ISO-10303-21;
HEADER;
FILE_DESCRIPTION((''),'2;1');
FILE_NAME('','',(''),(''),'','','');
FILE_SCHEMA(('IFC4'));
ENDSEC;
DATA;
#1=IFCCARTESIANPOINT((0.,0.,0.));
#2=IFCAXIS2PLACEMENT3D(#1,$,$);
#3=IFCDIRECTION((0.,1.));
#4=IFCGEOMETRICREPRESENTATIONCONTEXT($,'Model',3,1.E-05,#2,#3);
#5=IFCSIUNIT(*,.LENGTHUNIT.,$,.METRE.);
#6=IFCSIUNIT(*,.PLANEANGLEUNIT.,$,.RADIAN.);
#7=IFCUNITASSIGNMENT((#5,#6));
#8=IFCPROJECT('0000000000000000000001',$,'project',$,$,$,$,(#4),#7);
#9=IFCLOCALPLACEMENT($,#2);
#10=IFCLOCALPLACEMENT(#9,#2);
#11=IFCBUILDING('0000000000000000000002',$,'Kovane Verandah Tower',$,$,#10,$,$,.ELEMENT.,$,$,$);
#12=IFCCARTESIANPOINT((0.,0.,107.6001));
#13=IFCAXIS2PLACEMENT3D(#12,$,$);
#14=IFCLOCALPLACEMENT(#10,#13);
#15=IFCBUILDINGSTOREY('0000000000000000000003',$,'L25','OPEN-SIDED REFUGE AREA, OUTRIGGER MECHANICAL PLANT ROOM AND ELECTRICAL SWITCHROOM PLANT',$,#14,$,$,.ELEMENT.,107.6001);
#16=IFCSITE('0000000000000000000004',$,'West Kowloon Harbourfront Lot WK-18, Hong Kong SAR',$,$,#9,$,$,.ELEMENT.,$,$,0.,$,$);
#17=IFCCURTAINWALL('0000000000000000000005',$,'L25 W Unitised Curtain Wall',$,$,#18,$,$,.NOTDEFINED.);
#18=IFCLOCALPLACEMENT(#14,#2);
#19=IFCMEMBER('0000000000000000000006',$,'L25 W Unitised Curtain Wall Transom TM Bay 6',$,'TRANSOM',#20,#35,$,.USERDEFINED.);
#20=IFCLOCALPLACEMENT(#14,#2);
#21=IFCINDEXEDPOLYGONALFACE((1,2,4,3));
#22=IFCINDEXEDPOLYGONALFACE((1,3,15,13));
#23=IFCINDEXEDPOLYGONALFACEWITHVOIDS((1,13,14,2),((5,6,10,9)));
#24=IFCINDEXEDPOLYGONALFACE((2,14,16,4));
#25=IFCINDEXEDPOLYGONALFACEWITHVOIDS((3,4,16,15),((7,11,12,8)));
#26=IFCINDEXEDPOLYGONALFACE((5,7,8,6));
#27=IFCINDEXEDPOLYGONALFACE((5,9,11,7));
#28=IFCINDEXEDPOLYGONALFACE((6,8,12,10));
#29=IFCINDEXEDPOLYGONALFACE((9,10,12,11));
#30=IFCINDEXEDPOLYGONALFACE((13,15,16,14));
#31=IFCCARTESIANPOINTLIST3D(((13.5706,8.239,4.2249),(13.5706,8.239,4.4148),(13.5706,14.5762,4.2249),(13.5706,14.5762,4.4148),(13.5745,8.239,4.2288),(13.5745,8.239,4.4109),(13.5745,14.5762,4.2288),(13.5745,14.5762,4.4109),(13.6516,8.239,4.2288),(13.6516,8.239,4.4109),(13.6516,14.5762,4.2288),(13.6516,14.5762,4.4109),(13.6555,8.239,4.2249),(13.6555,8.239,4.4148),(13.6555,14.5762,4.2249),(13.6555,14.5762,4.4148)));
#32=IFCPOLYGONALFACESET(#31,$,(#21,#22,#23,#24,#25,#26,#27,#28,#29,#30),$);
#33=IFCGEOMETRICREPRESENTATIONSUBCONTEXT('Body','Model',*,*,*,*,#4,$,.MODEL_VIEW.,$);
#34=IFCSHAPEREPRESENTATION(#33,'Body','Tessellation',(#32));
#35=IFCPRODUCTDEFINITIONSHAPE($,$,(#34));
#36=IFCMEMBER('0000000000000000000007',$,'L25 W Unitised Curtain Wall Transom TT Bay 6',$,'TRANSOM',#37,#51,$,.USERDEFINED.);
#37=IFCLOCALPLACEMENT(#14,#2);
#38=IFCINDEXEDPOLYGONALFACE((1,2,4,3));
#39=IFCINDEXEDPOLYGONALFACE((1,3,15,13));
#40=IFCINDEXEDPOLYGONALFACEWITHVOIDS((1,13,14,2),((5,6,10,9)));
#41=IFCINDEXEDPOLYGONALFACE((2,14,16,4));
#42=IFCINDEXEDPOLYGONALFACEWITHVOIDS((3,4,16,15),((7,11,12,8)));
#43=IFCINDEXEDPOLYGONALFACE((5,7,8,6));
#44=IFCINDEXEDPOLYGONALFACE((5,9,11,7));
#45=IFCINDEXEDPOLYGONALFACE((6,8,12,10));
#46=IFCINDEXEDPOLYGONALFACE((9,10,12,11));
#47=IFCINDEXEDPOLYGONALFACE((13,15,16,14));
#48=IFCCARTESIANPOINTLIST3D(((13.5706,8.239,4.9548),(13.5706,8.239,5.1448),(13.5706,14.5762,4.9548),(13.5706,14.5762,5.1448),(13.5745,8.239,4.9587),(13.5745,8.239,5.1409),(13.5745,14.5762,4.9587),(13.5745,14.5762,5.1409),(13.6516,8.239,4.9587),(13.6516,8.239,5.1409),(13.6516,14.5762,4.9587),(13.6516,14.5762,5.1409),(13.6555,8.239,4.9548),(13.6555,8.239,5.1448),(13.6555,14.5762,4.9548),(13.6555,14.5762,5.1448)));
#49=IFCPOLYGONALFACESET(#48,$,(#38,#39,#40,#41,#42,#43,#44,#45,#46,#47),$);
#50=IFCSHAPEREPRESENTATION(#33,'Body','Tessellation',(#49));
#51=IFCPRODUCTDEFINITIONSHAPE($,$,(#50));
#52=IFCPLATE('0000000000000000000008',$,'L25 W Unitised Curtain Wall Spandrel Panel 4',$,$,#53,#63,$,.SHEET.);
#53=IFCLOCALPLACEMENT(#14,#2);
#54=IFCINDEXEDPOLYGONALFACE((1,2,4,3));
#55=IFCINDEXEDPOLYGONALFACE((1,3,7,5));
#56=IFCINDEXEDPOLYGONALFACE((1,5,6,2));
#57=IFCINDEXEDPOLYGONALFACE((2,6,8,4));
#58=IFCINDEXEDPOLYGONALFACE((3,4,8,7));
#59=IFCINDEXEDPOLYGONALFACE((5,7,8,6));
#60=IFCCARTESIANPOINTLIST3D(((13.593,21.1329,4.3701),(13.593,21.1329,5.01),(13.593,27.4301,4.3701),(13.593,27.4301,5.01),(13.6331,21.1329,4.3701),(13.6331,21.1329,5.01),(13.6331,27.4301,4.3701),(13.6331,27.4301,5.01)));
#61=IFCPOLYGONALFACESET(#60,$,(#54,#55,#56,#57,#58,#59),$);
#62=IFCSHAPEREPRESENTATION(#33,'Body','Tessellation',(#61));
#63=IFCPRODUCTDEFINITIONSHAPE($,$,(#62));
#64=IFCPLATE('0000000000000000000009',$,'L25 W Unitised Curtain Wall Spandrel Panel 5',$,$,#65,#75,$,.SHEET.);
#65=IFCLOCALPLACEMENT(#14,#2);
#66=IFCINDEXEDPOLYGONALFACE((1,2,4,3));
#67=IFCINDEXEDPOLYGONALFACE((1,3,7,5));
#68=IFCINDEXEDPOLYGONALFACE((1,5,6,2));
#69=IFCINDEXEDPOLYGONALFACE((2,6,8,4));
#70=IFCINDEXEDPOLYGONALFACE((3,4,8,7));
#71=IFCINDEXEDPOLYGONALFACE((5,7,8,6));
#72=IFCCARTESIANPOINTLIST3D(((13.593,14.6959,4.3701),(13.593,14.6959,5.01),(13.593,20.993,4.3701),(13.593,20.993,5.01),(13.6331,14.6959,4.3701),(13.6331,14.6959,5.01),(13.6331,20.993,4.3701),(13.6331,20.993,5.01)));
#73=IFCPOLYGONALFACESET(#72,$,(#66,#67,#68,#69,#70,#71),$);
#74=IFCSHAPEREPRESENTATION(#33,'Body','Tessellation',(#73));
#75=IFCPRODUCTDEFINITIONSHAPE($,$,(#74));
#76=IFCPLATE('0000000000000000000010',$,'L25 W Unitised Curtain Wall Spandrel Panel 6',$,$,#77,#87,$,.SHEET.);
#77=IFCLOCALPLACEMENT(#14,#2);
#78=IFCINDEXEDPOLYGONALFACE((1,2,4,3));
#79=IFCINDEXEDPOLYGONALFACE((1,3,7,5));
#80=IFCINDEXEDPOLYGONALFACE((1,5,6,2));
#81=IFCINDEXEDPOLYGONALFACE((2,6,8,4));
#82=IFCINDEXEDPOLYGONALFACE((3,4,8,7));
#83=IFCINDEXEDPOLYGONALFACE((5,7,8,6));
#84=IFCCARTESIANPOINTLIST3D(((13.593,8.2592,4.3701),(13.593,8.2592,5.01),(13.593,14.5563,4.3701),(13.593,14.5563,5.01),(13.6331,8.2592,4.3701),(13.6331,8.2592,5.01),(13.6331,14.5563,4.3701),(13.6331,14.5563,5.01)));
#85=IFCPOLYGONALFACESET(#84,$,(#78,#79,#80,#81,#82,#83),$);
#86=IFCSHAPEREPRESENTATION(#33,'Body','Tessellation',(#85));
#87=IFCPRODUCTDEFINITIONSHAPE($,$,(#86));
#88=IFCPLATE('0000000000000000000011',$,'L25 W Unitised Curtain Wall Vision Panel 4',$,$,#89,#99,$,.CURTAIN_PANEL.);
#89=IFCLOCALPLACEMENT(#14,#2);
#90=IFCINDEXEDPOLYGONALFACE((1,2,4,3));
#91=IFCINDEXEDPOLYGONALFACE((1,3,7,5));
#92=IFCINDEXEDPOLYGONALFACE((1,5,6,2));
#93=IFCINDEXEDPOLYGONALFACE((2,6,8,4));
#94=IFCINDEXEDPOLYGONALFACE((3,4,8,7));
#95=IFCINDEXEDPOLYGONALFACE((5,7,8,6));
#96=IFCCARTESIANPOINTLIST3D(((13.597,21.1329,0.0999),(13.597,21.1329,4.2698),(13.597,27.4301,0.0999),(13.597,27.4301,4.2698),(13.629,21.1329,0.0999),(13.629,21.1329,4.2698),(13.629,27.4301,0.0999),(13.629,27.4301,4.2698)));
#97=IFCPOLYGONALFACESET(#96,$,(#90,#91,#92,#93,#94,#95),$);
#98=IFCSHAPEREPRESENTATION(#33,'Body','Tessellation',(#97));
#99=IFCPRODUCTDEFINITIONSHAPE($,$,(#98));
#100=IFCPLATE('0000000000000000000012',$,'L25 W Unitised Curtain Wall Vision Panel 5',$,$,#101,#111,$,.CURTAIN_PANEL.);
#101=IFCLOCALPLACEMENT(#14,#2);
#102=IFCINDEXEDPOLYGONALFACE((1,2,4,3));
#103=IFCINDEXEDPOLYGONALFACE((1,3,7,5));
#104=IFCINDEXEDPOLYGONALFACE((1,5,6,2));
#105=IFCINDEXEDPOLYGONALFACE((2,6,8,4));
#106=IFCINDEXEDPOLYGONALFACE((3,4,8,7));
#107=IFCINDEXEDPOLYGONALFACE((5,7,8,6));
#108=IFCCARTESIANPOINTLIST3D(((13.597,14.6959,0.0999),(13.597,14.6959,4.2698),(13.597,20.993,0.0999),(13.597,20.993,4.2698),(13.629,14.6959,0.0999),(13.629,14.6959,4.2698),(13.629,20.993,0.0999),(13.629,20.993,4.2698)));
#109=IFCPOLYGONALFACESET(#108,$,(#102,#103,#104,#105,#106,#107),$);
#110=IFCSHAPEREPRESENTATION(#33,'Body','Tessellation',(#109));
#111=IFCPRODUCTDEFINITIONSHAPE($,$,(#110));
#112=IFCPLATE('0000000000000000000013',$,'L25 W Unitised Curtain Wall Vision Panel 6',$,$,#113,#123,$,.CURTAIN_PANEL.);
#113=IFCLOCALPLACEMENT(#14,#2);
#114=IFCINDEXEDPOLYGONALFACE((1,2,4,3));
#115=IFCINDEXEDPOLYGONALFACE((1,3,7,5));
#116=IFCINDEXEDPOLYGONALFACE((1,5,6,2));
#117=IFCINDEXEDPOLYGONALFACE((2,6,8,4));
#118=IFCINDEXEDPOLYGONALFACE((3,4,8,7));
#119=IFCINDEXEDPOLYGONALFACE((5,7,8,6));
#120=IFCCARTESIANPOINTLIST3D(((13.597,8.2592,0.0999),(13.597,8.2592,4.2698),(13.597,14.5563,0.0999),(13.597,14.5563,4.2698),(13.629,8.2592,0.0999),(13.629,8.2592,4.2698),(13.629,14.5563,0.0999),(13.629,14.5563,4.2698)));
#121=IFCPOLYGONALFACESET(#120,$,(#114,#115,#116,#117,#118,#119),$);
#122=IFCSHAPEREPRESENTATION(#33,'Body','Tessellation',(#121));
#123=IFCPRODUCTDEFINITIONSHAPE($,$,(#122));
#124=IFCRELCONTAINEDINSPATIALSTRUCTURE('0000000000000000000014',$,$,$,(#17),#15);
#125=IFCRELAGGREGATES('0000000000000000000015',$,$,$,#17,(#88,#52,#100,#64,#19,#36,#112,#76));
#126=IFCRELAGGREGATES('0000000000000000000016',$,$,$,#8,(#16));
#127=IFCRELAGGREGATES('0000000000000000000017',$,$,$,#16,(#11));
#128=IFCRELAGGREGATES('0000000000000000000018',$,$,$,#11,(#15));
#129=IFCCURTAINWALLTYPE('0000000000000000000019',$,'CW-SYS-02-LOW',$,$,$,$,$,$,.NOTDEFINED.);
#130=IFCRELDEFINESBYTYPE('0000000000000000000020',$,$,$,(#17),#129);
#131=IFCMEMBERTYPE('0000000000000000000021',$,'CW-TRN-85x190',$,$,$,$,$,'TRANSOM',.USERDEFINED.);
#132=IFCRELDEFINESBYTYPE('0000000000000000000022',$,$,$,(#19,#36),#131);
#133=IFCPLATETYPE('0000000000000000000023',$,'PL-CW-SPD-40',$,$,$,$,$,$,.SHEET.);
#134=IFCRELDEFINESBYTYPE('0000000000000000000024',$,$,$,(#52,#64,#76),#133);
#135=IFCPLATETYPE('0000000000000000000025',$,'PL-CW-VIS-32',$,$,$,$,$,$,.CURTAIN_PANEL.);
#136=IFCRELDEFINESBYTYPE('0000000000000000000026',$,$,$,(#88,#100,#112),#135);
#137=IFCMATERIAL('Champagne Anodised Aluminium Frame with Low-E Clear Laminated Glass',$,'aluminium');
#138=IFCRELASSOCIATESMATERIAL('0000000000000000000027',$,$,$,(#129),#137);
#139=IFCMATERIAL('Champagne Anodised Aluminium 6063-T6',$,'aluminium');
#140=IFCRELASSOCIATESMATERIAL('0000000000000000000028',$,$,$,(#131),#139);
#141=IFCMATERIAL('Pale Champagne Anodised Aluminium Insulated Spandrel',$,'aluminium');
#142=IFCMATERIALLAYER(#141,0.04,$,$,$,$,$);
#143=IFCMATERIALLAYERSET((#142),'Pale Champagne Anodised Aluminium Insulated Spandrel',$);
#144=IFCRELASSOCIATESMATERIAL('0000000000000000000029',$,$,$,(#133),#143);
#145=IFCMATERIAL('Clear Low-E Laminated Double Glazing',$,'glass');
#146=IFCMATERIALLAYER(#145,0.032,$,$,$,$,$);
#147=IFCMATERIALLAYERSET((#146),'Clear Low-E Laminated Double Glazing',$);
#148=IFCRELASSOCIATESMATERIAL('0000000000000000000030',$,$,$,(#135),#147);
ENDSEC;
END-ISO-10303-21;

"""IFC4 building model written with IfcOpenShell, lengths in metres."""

from ifc_helpers import new_model, si_unit, direction, frame, origin, origin_2d, place, context, subcontext, project, spatial, rectangle, hollow_rectangle, extrude, material, layer, layer_set, material_profile, profile_set, type_object, element, aggregate, save


model = new_model("IFC4")

# Units and contexts
model_context = context("Model", 3, precision=1e-05, world=origin(), true_north=direction((0.0, 1.0)))
body_context = subcontext(model_context, "Body", "Model", "MODEL_VIEW")
ifc_project = project(units=[si_unit("LENGTHUNIT", "METRE"), si_unit("PLANEANGLEUNIT", "RADIAN")], contexts=[model_context])

# Site, building, storey
site_placement = place(None, origin())
site = spatial("IfcSite", under=ifc_project, at=site_placement, Name="West Kowloon Harbourfront Lot WK-18, Hong Kong SAR", CompositionType="ELEMENT", RefElevation=0.0)
building_placement = place(site_placement, origin())
building = spatial("IfcBuilding", under=site, at=building_placement, Name="Kovane Verandah Tower", CompositionType="ELEMENT")
storey_placement = place(building_placement, frame((0.0, 0.0, 107.6001)))
storey = spatial("IfcBuildingStorey", under=building, at=storey_placement, Name="L25", Description="OPEN-SIDED REFUGE AREA, OUTRIGGER MECHANICAL PLANT ROOM AND ELECTRICAL SWITCHROOM PLANT", CompositionType="ELEMENT", Elevation=107.6001)

# Shared definitions
ifc_material_1 = material(Name="Champagne Anodised Aluminium Frame with Low-E Clear Laminated Glass", Category="aluminium")
curtain_wall_type = type_object("IfcCurtainWallType", Name="CW-SYS-02-LOW", PredefinedType="NOTDEFINED", material=ifc_material_1)
ifc_material_2 = material(Name="Champagne Anodised Aluminium 6063-T6", Category="aluminium")

# Curtain wall, members, plates
curtain_wall_1_placement = place(storey_placement, origin())
curtain_wall_1 = element("IfcCurtainWall", 1, at=curtain_wall_1_placement, inside=storey, type_object=curtain_wall_type, Name="L25 W Unitised Curtain Wall", PredefinedType="NOTDEFINED")
ifc_material_profile_1 = material_profile(ifc_material_2, hollow_rectangle(XDim=0.085, YDim=0.1899, WallThickness=0.0039, at=origin_2d()), Name="AL85x190x4")
ifc_profile_set_1 = profile_set([ifc_material_profile_1], Name="Champagne Anodised Aluminium 6063-T6")
member_type_1 = type_object("IfcMemberType", Name="CW-TRN-85x190", ElementType="TRANSOM", PredefinedType="USERDEFINED", material=ifc_profile_set_1)
member_1_placement = place(storey_placement, frame((13.613, 14.5762, 4.3198), z_axis=(0.0, -1.0, 0.0), x_axis=(1.0, 0.0, 0.0)))
member_1 = element("IfcMember", 2, at=member_1_placement, type_object=member_type_1, Name="L25 W Unitised Curtain Wall Transom TM Bay 6", ObjectType="TRANSOM", PredefinedType="USERDEFINED", context=body_context, shape_type="SweptSolid", body=[
    extrude(hollow_rectangle(XDim=0.085, YDim=0.1899, WallThickness=0.0039, at=origin_2d()), origin(), (0.0, 0.0, 1.0), 6.3372),
])
member_2_placement = place(storey_placement, frame((13.613, 14.5762, 5.0498), z_axis=(0.0, -1.0, 0.0), x_axis=(1.0, 0.0, 0.0)))
member_2 = element("IfcMember", 3, at=member_2_placement, type_object=member_type_1, Name="L25 W Unitised Curtain Wall Transom TT Bay 6", ObjectType="TRANSOM", PredefinedType="USERDEFINED", context=body_context, shape_type="SweptSolid", body=[
    extrude(hollow_rectangle(XDim=0.085, YDim=0.1899, WallThickness=0.0039, at=origin_2d()), origin(), (0.0, 0.0, 1.0), 6.3372),
])
ifc_material_3 = material(Name="Pale Champagne Anodised Aluminium Insulated Spandrel", Category="aluminium")
ifc_layer_1 = layer(ifc_material_3, 0.04)
ifc_layer_set_1 = layer_set([ifc_layer_1], Name="Pale Champagne Anodised Aluminium Insulated Spandrel")
plate_type_1 = type_object("IfcPlateType", Name="PL-CW-SPD-40", PredefinedType="SHEET", material=ifc_layer_set_1)
plate_1_placement = place(storey_placement, frame((13.613, 24.2815, 4.3701), z_axis=(0.0, 0.0, 1.0), x_axis=(0.0, -1.0, 0.0)))
plate_1 = element("IfcPlate", 4, at=plate_1_placement, type_object=plate_type_1, Name="L25 W Unitised Curtain Wall Spandrel Panel 4", PredefinedType="SHEET", context=body_context, shape_type="SweptSolid", body=[
    extrude(rectangle(XDim=6.2971, YDim=0.04, at=origin_2d()), origin(), (0.0, 0.0, 1.0), 0.6399),
])
plate_2_placement = place(storey_placement, frame((13.613, 17.8445, 4.3701), z_axis=(0.0, 0.0, 1.0), x_axis=(0.0, -1.0, 0.0)))
plate_2 = element("IfcPlate", 5, at=plate_2_placement, type_object=plate_type_1, Name="L25 W Unitised Curtain Wall Spandrel Panel 5", PredefinedType="SHEET", context=body_context, shape_type="SweptSolid", body=[
    extrude(rectangle(XDim=6.2971, YDim=0.04, at=origin_2d()), origin(), (0.0, 0.0, 1.0), 0.6399),
])
plate_3_placement = place(storey_placement, frame((13.613, 11.4077, 4.3701), z_axis=(0.0, 0.0, 1.0), x_axis=(0.0, -1.0, 0.0)))
plate_3 = element("IfcPlate", 6, at=plate_3_placement, type_object=plate_type_1, Name="L25 W Unitised Curtain Wall Spandrel Panel 6", PredefinedType="SHEET", context=body_context, shape_type="SweptSolid", body=[
    extrude(rectangle(XDim=6.2971, YDim=0.04, at=origin_2d()), origin(), (0.0, 0.0, 1.0), 0.6399),
])
ifc_material_4 = material(Name="Clear Low-E Laminated Double Glazing", Category="glass")
ifc_layer_2 = layer(ifc_material_4, 0.032)
ifc_layer_set_2 = layer_set([ifc_layer_2], Name="Clear Low-E Laminated Double Glazing")
plate_type_2 = type_object("IfcPlateType", Name="PL-CW-VIS-32", PredefinedType="CURTAIN_PANEL", material=ifc_layer_set_2)
plate_4_placement = place(storey_placement, frame((13.613, 24.2815, 0.0999), z_axis=(0.0, 0.0, 1.0), x_axis=(0.0, -1.0, 0.0)))
plate_4 = element("IfcPlate", 7, at=plate_4_placement, type_object=plate_type_2, Name="L25 W Unitised Curtain Wall Vision Panel 4", PredefinedType="CURTAIN_PANEL", context=body_context, shape_type="SweptSolid", body=[
    extrude(rectangle(XDim=6.2971, YDim=0.032, at=origin_2d()), origin(), (0.0, 0.0, 1.0), 4.1699),
])
plate_5_placement = place(storey_placement, frame((13.613, 17.8445, 0.0999), z_axis=(0.0, 0.0, 1.0), x_axis=(0.0, -1.0, 0.0)))
plate_5 = element("IfcPlate", 8, at=plate_5_placement, type_object=plate_type_2, Name="L25 W Unitised Curtain Wall Vision Panel 5", PredefinedType="CURTAIN_PANEL", context=body_context, shape_type="SweptSolid", body=[
    extrude(rectangle(XDim=6.2971, YDim=0.032, at=origin_2d()), origin(), (0.0, 0.0, 1.0), 4.1699),
])
plate_6_placement = place(storey_placement, frame((13.613, 11.4077, 0.0999), z_axis=(0.0, 0.0, 1.0), x_axis=(0.0, -1.0, 0.0)))
plate_6 = element("IfcPlate", 9, at=plate_6_placement, type_object=plate_type_2, Name="L25 W Unitised Curtain Wall Vision Panel 6", PredefinedType="CURTAIN_PANEL", context=body_context, shape_type="SweptSolid", body=[
    extrude(rectangle(XDim=6.2971, YDim=0.032, at=origin_2d()), origin(), (0.0, 0.0, 1.0), 4.1699),
])
aggregate(curtain_wall_1, [plate_4, plate_1, plate_5, plate_2, member_1, member_2, plate_6, plate_3])

save(model, "model.ifc")
